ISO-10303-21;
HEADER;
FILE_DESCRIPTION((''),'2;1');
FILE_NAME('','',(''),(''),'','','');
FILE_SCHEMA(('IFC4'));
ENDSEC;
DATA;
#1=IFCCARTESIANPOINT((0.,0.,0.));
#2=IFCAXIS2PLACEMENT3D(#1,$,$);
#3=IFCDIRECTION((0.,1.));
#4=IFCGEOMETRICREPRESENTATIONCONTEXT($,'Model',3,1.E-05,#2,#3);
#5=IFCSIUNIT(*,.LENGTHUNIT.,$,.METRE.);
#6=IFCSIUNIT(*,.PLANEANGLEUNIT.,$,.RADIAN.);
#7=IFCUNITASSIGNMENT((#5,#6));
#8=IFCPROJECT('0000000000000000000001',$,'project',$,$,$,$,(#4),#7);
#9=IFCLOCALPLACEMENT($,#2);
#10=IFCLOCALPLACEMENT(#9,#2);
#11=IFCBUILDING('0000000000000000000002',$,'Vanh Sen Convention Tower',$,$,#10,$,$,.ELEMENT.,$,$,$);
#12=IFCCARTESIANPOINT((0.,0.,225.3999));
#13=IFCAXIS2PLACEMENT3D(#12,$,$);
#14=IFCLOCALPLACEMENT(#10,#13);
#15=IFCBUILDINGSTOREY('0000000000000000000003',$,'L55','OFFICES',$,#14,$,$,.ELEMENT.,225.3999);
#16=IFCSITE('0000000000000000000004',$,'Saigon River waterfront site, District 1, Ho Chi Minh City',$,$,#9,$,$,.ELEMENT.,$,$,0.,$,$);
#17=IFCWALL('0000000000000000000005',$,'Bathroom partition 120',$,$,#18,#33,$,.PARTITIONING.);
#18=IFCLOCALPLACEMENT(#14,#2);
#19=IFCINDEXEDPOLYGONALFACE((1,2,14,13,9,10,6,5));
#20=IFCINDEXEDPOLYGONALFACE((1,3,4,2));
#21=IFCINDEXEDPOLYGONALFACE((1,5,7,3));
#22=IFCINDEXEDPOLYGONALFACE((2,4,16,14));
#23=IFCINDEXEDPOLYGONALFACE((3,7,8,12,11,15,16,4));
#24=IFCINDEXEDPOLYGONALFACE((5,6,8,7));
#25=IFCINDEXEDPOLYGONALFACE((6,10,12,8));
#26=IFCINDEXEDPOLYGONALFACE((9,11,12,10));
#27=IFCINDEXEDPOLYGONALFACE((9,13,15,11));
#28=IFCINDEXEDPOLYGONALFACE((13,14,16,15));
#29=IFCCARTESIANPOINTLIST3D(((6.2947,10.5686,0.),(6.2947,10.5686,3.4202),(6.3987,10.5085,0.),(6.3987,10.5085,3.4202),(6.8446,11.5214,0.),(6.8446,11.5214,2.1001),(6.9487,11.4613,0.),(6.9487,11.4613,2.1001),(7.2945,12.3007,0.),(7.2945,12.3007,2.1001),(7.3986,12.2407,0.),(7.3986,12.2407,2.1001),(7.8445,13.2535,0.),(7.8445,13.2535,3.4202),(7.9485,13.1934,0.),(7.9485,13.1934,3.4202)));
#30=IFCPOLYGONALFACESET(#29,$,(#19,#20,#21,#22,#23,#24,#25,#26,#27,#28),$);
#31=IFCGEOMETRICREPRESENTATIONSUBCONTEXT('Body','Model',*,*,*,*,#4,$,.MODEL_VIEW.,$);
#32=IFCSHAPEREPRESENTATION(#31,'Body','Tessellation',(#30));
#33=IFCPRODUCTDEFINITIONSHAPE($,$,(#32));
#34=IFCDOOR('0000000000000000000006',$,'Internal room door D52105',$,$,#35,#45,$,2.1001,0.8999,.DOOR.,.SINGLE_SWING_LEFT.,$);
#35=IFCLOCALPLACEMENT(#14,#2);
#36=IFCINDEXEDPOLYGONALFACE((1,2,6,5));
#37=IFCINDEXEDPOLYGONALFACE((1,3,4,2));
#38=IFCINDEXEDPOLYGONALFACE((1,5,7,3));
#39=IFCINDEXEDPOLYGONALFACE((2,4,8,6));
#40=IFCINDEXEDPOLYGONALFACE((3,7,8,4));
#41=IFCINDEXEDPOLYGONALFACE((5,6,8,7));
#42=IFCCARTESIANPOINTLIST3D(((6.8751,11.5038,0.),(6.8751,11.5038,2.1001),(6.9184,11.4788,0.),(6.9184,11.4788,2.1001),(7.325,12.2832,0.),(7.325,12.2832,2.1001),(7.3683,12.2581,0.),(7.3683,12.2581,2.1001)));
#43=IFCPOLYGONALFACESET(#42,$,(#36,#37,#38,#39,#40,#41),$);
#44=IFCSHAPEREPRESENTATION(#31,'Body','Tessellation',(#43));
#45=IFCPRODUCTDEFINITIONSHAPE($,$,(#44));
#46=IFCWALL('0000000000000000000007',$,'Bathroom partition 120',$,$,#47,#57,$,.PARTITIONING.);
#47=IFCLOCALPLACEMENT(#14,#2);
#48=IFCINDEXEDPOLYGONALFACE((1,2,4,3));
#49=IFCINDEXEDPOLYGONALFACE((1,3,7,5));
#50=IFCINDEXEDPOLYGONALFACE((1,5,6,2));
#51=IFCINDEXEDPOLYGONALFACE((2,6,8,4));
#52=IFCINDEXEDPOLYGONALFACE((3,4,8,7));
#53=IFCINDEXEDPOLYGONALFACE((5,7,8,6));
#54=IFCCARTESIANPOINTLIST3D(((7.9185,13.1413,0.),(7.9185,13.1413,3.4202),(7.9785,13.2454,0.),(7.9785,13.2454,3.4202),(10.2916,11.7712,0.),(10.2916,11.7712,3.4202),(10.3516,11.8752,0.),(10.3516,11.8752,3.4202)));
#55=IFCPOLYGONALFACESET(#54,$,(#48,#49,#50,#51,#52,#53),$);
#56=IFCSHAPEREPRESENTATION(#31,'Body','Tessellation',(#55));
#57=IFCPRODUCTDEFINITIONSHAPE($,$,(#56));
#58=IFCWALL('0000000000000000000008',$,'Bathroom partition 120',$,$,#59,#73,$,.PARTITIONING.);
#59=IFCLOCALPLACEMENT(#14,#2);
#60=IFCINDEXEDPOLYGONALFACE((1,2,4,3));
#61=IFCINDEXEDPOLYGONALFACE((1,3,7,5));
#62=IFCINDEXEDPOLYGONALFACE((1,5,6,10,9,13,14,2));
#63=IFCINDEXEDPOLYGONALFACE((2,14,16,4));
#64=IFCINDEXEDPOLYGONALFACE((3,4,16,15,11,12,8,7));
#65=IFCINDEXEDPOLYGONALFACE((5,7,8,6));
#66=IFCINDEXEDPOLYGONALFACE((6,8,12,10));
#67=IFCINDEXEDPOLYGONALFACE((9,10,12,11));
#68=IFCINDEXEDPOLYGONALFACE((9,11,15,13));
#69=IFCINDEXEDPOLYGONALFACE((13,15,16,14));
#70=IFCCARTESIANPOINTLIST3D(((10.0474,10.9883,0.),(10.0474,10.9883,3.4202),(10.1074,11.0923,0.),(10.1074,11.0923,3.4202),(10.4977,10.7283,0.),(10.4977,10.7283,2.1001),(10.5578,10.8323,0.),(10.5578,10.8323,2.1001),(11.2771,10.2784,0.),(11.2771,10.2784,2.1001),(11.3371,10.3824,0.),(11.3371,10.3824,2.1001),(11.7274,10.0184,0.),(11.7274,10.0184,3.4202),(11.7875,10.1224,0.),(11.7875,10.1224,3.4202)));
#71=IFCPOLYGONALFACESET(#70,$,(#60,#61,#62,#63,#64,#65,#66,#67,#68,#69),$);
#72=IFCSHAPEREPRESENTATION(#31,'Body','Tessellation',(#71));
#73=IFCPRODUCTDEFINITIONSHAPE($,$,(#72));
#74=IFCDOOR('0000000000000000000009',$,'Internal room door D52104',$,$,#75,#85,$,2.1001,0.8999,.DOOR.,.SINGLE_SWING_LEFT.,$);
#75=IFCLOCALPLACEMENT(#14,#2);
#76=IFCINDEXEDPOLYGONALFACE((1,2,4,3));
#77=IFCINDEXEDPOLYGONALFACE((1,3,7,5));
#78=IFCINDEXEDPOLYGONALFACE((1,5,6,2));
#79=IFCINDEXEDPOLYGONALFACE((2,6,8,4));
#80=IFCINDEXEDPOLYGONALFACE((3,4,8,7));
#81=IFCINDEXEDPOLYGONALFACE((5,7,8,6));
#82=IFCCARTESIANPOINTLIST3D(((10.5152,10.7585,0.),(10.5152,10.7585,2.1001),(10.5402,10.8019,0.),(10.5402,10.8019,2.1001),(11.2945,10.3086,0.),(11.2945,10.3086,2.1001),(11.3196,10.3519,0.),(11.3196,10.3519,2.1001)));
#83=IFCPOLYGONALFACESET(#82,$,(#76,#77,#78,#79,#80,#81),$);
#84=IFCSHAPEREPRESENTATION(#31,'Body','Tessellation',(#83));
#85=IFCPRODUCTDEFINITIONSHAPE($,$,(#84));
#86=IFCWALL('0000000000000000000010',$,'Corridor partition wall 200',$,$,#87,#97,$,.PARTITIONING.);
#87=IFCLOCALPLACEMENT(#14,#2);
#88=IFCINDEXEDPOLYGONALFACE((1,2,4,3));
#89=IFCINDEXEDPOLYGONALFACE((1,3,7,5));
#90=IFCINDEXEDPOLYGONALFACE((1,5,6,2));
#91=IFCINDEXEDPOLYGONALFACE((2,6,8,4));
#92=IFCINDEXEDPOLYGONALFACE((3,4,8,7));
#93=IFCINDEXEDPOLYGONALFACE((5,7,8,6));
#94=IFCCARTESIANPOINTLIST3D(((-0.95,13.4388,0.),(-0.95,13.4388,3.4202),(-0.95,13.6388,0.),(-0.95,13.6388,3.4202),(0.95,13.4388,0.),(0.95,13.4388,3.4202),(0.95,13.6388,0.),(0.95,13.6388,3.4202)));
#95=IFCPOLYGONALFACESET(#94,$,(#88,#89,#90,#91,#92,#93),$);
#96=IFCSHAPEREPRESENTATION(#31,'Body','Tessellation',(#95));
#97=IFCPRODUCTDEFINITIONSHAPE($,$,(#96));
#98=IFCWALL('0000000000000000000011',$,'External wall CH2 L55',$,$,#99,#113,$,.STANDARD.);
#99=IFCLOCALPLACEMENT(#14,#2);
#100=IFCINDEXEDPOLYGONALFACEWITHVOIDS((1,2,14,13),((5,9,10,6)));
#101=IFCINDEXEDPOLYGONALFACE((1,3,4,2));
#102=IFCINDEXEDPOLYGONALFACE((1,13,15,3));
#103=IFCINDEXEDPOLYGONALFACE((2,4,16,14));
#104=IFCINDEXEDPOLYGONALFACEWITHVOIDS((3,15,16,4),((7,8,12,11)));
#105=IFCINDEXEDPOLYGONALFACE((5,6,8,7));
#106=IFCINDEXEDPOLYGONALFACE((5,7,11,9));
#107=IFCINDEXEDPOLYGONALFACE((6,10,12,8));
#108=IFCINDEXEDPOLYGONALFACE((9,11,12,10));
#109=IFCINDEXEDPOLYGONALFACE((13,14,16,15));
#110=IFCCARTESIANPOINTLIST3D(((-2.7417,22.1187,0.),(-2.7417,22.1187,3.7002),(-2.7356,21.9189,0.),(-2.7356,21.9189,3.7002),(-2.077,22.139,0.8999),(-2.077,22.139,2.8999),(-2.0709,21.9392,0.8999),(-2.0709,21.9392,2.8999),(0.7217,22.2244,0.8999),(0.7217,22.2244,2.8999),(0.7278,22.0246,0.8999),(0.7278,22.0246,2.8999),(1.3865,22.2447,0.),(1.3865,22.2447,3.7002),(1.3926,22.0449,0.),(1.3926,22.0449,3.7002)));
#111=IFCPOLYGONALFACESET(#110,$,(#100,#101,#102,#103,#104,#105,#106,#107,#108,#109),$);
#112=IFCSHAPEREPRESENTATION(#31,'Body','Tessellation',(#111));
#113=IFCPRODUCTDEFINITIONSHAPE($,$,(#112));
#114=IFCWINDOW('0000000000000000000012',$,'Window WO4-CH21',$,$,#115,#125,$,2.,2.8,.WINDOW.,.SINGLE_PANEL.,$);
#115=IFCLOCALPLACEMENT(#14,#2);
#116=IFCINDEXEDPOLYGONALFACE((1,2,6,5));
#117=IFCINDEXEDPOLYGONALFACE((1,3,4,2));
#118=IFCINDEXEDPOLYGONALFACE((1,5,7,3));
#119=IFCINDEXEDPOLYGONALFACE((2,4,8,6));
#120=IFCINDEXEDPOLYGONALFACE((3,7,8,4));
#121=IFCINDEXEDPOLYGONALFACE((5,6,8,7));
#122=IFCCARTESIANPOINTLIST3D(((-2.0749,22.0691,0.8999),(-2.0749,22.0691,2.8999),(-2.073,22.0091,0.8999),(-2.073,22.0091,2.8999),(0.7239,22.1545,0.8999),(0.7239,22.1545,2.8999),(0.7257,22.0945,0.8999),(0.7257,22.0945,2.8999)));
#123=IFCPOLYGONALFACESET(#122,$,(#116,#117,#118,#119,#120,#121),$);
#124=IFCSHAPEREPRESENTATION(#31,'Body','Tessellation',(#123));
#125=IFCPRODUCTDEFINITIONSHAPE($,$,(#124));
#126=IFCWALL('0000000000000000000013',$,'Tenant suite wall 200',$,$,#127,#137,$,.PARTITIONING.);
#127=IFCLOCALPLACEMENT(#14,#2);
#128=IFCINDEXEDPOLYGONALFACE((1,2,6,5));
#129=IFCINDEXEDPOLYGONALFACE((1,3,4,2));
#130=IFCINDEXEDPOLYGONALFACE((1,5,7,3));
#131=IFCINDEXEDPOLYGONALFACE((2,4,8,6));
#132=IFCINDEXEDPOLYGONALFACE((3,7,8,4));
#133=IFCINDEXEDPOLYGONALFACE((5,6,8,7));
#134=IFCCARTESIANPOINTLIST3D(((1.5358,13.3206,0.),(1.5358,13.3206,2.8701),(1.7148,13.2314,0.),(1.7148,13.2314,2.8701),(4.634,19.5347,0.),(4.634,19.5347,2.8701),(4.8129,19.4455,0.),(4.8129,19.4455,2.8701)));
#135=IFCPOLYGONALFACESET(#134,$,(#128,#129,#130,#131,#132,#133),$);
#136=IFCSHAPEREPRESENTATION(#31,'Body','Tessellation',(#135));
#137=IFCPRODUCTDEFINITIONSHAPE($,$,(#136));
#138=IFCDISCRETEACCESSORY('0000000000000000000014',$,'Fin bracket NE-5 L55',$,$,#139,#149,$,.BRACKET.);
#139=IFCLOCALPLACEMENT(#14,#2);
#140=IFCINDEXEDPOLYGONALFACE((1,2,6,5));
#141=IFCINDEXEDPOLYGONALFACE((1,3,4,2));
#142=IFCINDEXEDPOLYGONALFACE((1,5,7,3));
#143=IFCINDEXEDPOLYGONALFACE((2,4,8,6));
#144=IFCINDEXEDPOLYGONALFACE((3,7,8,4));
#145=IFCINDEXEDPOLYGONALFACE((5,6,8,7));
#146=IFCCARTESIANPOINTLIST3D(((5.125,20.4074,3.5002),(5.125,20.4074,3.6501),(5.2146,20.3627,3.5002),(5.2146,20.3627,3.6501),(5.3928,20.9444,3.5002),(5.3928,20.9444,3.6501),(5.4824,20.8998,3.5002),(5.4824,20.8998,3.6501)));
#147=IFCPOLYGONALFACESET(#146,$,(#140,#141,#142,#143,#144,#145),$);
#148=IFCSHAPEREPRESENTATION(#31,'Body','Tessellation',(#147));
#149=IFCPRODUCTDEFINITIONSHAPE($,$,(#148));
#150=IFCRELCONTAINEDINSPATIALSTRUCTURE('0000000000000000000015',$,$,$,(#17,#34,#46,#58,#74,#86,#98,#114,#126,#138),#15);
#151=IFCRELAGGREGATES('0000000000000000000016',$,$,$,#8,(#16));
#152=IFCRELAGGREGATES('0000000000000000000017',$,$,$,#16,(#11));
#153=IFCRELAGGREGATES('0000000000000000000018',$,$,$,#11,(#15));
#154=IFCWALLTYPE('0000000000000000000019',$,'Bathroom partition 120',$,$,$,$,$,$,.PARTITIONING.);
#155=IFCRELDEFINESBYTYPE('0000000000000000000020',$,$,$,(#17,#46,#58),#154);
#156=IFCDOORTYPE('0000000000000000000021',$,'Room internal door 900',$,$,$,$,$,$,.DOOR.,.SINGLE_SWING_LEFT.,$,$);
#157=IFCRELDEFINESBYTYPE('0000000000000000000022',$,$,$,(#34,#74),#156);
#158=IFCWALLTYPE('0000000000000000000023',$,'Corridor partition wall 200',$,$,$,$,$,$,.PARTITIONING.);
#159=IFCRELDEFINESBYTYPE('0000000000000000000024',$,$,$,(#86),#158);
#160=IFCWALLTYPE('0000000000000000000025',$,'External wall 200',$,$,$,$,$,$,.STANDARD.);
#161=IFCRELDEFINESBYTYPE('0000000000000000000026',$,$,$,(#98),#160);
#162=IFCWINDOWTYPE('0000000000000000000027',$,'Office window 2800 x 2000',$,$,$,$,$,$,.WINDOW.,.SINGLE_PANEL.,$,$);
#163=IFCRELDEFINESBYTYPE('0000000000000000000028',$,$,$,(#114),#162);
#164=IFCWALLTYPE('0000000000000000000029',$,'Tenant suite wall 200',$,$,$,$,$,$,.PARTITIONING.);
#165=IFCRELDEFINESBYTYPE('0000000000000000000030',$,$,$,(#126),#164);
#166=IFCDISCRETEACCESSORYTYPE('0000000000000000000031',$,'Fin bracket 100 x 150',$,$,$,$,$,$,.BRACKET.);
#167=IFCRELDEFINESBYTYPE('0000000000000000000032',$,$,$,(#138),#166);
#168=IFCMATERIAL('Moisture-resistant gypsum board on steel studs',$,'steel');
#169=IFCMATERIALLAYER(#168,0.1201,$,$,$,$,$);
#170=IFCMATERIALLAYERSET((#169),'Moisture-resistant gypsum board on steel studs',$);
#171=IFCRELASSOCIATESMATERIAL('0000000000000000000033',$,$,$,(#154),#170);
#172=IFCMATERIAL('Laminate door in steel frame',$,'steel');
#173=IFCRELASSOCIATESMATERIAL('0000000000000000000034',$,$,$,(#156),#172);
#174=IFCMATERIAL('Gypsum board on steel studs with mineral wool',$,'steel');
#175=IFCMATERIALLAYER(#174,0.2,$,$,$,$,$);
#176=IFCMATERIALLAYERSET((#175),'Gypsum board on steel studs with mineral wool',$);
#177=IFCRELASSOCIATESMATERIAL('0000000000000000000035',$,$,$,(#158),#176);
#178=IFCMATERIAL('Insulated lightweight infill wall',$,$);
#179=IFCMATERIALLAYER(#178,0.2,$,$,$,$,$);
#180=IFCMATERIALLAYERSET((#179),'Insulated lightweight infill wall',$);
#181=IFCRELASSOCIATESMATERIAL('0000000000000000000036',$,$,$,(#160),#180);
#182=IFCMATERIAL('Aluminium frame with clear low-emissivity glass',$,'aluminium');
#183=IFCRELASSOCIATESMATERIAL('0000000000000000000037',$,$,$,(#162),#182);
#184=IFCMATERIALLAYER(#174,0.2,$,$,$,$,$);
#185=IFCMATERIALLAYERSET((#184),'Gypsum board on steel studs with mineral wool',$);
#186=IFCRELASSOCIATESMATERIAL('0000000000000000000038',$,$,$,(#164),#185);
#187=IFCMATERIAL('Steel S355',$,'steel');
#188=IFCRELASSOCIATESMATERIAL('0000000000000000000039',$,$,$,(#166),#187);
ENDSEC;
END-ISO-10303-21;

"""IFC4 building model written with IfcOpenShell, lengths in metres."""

from ifc_helpers import new_model, si_unit, direction, frame, frame_2d, origin, origin_2d, place, context, subcontext, project, spatial, rectangle, extrude, material, layer, layer_set, type_object, element, fill, save


model = new_model("IFC4")

# Units and contexts
model_context = context("Model", 3, precision=1e-05, world=origin(), true_north=direction((0.0, 1.0)))
body_context = subcontext(model_context, "Body", "Model", "MODEL_VIEW")
ifc_project = project(units=[si_unit("LENGTHUNIT", "METRE"), si_unit("PLANEANGLEUNIT", "RADIAN")], contexts=[model_context])

# Site, building, storey
site_placement = place(None, origin())
site = spatial("IfcSite", under=ifc_project, at=site_placement, Name="Saigon River waterfront site, District 1, Ho Chi Minh City", CompositionType="ELEMENT", RefElevation=0.0)
building_placement = place(site_placement, origin())
building = spatial("IfcBuilding", under=site, at=building_placement, Name="Vanh Sen Convention Tower", CompositionType="ELEMENT")
storey_placement = place(building_placement, frame((0.0, 0.0, 225.3999)))
storey = spatial("IfcBuildingStorey", under=building, at=storey_placement, Name="L55", Description="OFFICES", CompositionType="ELEMENT", Elevation=225.3999)

# Wall, opening, door
ifc_material_1 = material(Name="Moisture-resistant gypsum board on steel studs", Category="steel")
ifc_layer_1 = layer(ifc_material_1, 0.1201)
ifc_layer_set_1 = layer_set([ifc_layer_1], Name="Moisture-resistant gypsum board on steel studs")
wall_type_1 = type_object("IfcWallType", Name="Bathroom partition 120", PredefinedType="PARTITIONING", material=ifc_layer_set_1)
wall_1_placement = place(storey_placement, frame((6.3467, 10.5386, 0.0), z_axis=(0.0, 0.0, 1.0), x_axis=(0.499934, 0.866064, 0.0)))
wall_1 = element("IfcWall", 1, at=wall_1_placement, inside=storey, type_object=wall_type_1, Name="Bathroom partition 120", PredefinedType="PARTITIONING", context=body_context, shape_type="SweptSolid", body=[
    extrude(rectangle(XDim=3.1001, YDim=0.1201, at=frame_2d((1.55, 0.0))), origin(), (0.0, 0.0, 1.0), 3.4202),
])
opening_1_placement = place(wall_1_placement, frame((1.1001, 0.0, 0.0)))
opening_1 = element("IfcOpeningElement", 2, at=opening_1_placement, cuts=wall_1, PredefinedType="OPENING", context=body_context, shape_type="SweptSolid", body=[
    extrude(rectangle(XDim=0.8999, YDim=2.1001, at=frame_2d((0.45, 1.05))), frame((0.0, 0.0701, 0.0), z_axis=(0.0, -1.0, 0.0), x_axis=(1.0, 0.0, 0.0)), (0.0, 0.0, 1.0), 0.1401),
])
ifc_material_2 = material(Name="Laminate door in steel frame", Category="steel")
door_type = type_object("IfcDoorType", Name="Room internal door 900", OperationType="SINGLE_SWING_LEFT", PredefinedType="DOOR", material=ifc_material_2)
door_1_placement = place(opening_1_placement, origin())
door_1 = element("IfcDoor", 3, at=door_1_placement, inside=storey, type_object=door_type, Name="Internal room door D52105", OperationType="SINGLE_SWING_LEFT", OverallHeight=2.1001, OverallWidth=0.8999, PredefinedType="DOOR", context=body_context, shape_type="SweptSolid", body=[
    extrude(rectangle(XDim=0.8999, YDim=2.1001, at=frame_2d((0.45, 1.05))), frame((0.0, 0.0249, 0.0), z_axis=(0.0, -1.0, 0.0), x_axis=(1.0, 0.0, 0.0)), (0.0, 0.0, 1.0), 0.05),
])
fill(opening_1, door_1)

# Wall
wall_2_placement = place(storey_placement, frame((7.9485, 13.1934, 0.0), z_axis=(0.0, 0.0, 1.0), x_axis=(0.866019, -0.50001, 0.0)))
element("IfcWall", 4, at=wall_2_placement, inside=storey, type_object=wall_type_1, Name="Bathroom partition 120", PredefinedType="PARTITIONING", context=body_context, shape_type="SweptSolid", body=[
    extrude(rectangle(XDim=2.7402, YDim=0.1201, at=frame_2d((1.3701, 0.0))), origin(), (0.0, 0.0, 1.0), 3.4202),
])

# Wall, opening, door
wall_3_placement = place(storey_placement, frame((10.0774, 11.0403, 0.0), z_axis=(0.0, 0.0, 1.0), x_axis=(0.866043, -0.499969, 0.0)))
wall_3 = element("IfcWall", 5, at=wall_3_placement, inside=storey, type_object=wall_type_1, Name="Bathroom partition 120", PredefinedType="PARTITIONING", context=body_context, shape_type="SweptSolid", body=[
    extrude(rectangle(XDim=1.9399, YDim=0.1201, at=frame_2d((0.97, 0.0))), origin(), (0.0, 0.0, 1.0), 3.4202),
])
opening_2_placement = place(wall_3_placement, frame((0.52, 0.0, 0.0)))
opening_2 = element("IfcOpeningElement", 6, at=opening_2_placement, cuts=wall_3, PredefinedType="OPENING", context=body_context, shape_type="SweptSolid", body=[
    extrude(rectangle(XDim=0.8999, YDim=2.1001, at=frame_2d((0.45, 1.05))), frame((0.0, 0.0701, 0.0), z_axis=(0.0, -1.0, 0.0), x_axis=(1.0, 0.0, 0.0)), (0.0, 0.0, 1.0), 0.1401),
])
door_2_placement = place(opening_2_placement, origin())
door_2 = element("IfcDoor", 7, at=door_2_placement, inside=storey, type_object=door_type, Name="Internal room door D52104", OperationType="SINGLE_SWING_LEFT", OverallHeight=2.1001, OverallWidth=0.8999, PredefinedType="DOOR", context=body_context, shape_type="SweptSolid", body=[
    extrude(rectangle(XDim=0.8999, YDim=2.1001, at=frame_2d((0.45, 1.05))), frame((0.0, 0.0249, 0.0), z_axis=(0.0, -1.0, 0.0), x_axis=(1.0, 0.0, 0.0)), (0.0, 0.0, 1.0), 0.05),
])
fill(opening_2, door_2)

# Wall
ifc_material_3 = material(Name="Gypsum board on steel studs with mineral wool", Category="steel")
ifc_layer_2 = layer(ifc_material_3, 0.2)
ifc_layer_set_2 = layer_set([ifc_layer_2], Name="Gypsum board on steel studs with mineral wool")
wall_type_2 = type_object("IfcWallType", Name="Corridor partition wall 200", PredefinedType="PARTITIONING", material=ifc_layer_set_2)
wall_4_placement = place(storey_placement, frame((0.95, 13.5388, 0.0), z_axis=(0.0, 0.0, 1.0), x_axis=(-1.0, 0.0, 0.0)))
element("IfcWall", 8, at=wall_4_placement, inside=storey, type_object=wall_type_2, Name="Corridor partition wall 200", PredefinedType="PARTITIONING", context=body_context, shape_type="SweptSolid", body=[
    extrude(rectangle(XDim=1.8999, YDim=0.2, at=frame_2d((0.95, 0.0))), origin(), (0.0, 0.0, 1.0), 3.4202),
])

# Wall, opening, window
ifc_material_4 = material(Name="Insulated lightweight infill wall")
ifc_layer_3 = layer(ifc_material_4, 0.2)
ifc_layer_set_3 = layer_set([ifc_layer_3], Name="Insulated lightweight infill wall")
wall_type_3 = type_object("IfcWallType", Name="External wall 200", PredefinedType="STANDARD", material=ifc_layer_set_3)
wall_5_placement = place(storey_placement, frame((1.3894, 22.1448, 0.0), z_axis=(0.0, 0.0, 1.0), x_axis=(-0.999535, -0.030502, 0.0)))
wall_5 = element("IfcWall", 9, at=wall_5_placement, inside=storey, type_object=wall_type_3, Name="External wall CH2 L55", PredefinedType="STANDARD", context=body_context, shape_type="SweptSolid", body=[
    extrude(rectangle(XDim=4.1301, YDim=0.2, at=frame_2d((2.0649, 0.0))), origin(), (0.0, 0.0, 1.0), 3.7002),
])
opening_3_placement = place(wall_5_placement, frame((0.665, 0.0, 0.8999)))
opening_3 = element("IfcOpeningElement", 10, at=opening_3_placement, cuts=wall_5, PredefinedType="OPENING", context=body_context, shape_type="SweptSolid", body=[
    extrude(rectangle(XDim=2.8, YDim=2.0, at=frame_2d((1.3999, 1.0))), frame((0.0, 0.1099, 0.0), z_axis=(0.0, -1.0, 0.0), x_axis=(1.0, 0.0, 0.0)), (0.0, 0.0, 1.0), 0.22),
])
ifc_material_5 = material(Name="Aluminium frame with clear low-emissivity glass", Category="aluminium")
window_type = type_object("IfcWindowType", Name="Office window 2800 x 2000", PartitioningType="SINGLE_PANEL", PredefinedType="WINDOW", material=ifc_material_5)
window_placement = place(opening_3_placement, origin())
window = element("IfcWindow", 11, at=window_placement, inside=storey, type_object=window_type, Name="Window WO4-CH21", OverallHeight=2.0, OverallWidth=2.8, PartitioningType="SINGLE_PANEL", PredefinedType="WINDOW", context=body_context, shape_type="SweptSolid", body=[
    extrude(rectangle(XDim=2.8, YDim=2.0, at=frame_2d((1.3999, 1.0))), frame((0.0, 0.03, 0.0), z_axis=(0.0, -1.0, 0.0), x_axis=(1.0, 0.0, 0.0)), (0.0, 0.0, 1.0), 0.0601),
])
fill(opening_3, window)

# Wall
ifc_layer_4 = layer(ifc_material_3, 0.2)
ifc_layer_set_4 = layer_set([ifc_layer_4], Name="Gypsum board on steel studs with mineral wool")
wall_type_4 = type_object("IfcWallType", Name="Tenant suite wall 200", PredefinedType="PARTITIONING", material=ifc_layer_set_4)
wall_6_placement = place(storey_placement, frame((4.7234, 19.49, 0.0), z_axis=(0.0, 0.0, 1.0), x_axis=(-0.446187, -0.89494, 0.0)))
element("IfcWall", 12, at=wall_6_placement, inside=storey, type_object=wall_type_4, Name="Tenant suite wall 200", PredefinedType="PARTITIONING", context=body_context, shape_type="SweptSolid", body=[
    extrude(rectangle(XDim=6.9436, YDim=0.2, at=frame_2d((3.4717, 0.0))), origin(), (0.0, 0.0, 1.0), 2.8701),
])

# Discrete accessory
ifc_material_6 = material(Name="Steel S355", Category="steel")
discrete_accessory_type = type_object("IfcDiscreteAccessoryType", Name="Fin bracket 100 x 150", PredefinedType="BRACKET", material=ifc_material_6)
discrete_accessory_placement = place(storey_placement, frame((5.3037, 20.6536, 3.5002), z_axis=(0.0, 0.0, 1.0), x_axis=(0.446198, 0.894934, 0.0)))
element("IfcDiscreteAccessory", 13, at=discrete_accessory_placement, inside=storey, type_object=discrete_accessory_type, Name="Fin bracket NE-5 L55", PredefinedType="BRACKET", context=body_context, shape_type="SweptSolid", body=[
    extrude(rectangle(XDim=0.6001, YDim=0.1001, at=origin_2d()), origin(), (0.0, 0.0, 1.0), 0.1499),
])

save(model, "model.ifc")
